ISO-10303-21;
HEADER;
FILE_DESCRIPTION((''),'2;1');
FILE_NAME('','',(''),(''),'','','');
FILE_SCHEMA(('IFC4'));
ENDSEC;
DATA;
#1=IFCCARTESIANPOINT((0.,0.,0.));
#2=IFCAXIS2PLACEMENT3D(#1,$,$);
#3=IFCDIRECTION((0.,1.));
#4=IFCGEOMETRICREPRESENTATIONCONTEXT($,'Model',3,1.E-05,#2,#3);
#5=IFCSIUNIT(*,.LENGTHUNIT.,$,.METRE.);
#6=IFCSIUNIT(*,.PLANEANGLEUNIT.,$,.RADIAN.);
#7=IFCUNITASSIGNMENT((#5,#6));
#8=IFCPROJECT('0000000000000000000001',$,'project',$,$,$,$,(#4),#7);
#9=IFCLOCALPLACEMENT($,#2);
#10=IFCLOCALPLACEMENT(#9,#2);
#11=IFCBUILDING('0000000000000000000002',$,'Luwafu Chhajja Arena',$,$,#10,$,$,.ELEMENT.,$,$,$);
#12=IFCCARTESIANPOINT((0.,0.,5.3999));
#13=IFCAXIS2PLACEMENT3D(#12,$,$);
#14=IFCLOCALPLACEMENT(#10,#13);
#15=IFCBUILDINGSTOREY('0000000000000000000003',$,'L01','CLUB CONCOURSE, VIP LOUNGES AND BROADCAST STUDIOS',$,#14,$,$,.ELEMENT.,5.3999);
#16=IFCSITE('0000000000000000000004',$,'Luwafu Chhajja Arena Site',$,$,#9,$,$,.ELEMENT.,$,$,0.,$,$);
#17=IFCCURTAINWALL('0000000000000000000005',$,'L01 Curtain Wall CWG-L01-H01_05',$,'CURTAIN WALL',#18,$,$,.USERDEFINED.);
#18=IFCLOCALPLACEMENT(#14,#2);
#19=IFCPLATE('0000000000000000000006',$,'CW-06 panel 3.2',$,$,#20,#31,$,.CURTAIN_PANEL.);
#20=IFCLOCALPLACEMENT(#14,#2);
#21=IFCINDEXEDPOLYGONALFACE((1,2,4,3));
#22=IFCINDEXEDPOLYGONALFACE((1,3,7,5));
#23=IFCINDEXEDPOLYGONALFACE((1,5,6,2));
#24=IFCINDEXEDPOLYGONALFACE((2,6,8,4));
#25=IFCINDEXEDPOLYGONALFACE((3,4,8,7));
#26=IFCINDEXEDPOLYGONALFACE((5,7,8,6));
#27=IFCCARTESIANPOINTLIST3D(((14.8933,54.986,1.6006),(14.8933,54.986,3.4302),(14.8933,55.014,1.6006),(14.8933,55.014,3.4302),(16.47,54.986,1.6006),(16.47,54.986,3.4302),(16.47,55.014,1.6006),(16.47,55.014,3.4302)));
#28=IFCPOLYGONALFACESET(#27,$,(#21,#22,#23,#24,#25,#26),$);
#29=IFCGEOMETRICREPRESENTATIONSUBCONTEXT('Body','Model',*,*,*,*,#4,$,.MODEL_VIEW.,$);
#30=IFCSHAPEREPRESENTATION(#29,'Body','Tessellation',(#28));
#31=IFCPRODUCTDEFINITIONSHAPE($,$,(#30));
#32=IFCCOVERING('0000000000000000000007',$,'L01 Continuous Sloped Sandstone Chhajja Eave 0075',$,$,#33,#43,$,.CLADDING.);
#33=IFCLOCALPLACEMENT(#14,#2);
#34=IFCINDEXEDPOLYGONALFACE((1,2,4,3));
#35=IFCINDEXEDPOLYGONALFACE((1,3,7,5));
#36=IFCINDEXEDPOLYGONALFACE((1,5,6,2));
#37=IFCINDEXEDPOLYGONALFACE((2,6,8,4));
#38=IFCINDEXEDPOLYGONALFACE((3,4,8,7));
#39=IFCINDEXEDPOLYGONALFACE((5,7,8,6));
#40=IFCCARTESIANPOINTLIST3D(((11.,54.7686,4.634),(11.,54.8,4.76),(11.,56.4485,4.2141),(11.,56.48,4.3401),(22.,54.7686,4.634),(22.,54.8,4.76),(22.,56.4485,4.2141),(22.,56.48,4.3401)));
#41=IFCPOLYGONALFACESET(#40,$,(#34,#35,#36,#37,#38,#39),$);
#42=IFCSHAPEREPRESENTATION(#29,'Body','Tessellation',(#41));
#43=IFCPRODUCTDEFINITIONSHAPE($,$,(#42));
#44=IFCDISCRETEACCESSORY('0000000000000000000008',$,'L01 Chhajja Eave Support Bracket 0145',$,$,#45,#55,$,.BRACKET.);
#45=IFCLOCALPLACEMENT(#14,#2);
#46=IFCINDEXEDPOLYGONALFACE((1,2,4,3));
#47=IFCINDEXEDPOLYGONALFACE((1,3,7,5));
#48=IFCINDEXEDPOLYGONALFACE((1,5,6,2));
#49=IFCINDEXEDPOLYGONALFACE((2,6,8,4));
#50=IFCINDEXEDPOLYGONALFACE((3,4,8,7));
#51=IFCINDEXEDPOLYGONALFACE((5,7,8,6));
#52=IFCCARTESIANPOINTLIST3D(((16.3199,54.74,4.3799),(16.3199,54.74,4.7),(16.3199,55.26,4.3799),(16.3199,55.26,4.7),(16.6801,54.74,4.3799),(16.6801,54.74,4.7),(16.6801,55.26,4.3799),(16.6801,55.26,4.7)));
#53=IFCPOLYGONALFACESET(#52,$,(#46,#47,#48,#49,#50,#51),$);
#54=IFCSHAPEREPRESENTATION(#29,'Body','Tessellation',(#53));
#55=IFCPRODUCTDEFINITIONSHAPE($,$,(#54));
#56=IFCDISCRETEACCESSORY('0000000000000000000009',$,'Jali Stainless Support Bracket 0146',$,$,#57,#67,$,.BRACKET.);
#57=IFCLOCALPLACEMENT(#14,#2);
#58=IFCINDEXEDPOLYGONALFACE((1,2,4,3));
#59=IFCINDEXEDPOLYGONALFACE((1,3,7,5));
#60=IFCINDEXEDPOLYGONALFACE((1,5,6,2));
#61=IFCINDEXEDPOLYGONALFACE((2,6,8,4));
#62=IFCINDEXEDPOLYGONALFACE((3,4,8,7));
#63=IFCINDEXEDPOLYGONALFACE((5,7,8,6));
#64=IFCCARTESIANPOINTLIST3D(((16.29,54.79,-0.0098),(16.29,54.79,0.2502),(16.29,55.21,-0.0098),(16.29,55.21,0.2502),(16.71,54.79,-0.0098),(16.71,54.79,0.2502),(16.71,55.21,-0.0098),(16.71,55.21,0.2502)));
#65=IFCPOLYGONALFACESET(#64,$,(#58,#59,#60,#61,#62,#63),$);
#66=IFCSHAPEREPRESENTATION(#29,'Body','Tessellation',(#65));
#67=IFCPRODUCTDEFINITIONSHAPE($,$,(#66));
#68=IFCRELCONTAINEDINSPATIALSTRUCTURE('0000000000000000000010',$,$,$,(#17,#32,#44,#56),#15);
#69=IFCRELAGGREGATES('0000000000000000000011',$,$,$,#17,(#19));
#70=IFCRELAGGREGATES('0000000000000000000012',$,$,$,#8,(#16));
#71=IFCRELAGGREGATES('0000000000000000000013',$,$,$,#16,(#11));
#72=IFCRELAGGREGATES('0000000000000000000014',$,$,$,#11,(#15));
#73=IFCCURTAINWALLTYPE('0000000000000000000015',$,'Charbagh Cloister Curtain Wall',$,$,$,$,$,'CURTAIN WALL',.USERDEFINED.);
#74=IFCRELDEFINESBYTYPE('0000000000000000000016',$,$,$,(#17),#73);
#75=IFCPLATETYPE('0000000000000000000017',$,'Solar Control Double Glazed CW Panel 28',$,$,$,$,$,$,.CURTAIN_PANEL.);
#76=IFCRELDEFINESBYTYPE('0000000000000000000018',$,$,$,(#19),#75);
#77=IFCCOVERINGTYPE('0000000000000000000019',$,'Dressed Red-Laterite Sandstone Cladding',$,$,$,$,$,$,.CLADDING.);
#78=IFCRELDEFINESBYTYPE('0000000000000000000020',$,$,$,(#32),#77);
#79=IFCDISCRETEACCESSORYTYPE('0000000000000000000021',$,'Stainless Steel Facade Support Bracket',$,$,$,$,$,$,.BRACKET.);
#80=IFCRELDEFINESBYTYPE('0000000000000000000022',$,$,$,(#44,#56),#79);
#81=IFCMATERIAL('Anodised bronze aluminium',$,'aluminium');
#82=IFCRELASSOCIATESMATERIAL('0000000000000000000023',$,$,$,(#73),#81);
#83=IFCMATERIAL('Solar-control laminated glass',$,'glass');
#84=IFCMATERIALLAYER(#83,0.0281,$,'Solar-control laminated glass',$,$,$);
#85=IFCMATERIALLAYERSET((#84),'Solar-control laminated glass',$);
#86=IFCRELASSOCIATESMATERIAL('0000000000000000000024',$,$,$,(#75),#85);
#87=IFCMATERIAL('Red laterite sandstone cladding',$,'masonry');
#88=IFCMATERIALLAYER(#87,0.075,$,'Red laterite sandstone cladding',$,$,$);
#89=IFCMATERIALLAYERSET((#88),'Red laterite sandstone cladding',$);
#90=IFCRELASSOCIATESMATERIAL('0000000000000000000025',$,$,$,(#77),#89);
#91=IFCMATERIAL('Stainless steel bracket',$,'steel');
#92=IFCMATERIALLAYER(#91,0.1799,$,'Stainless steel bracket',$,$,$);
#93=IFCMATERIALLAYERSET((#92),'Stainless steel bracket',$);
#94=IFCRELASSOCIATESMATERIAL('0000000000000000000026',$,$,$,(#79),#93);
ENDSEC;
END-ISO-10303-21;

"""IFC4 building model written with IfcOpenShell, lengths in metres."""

from ifc_helpers import new_model, si_unit, direction, frame, origin, origin_2d, place, context, subcontext, project, spatial, polyline, rectangle, outline, extrude, material, layer, layer_set, type_object, element, aggregate, save


model = new_model("IFC4")

# Units and contexts
model_context = context("Model", 3, precision=1e-05, world=origin(), true_north=direction((0.0, 1.0)))
body_context = subcontext(model_context, "Body", "Model", "MODEL_VIEW")
ifc_project = project(units=[si_unit("LENGTHUNIT", "METRE"), si_unit("PLANEANGLEUNIT", "RADIAN")], contexts=[model_context])

# Site, building, storey
site_placement = place(None, origin())
site = spatial("IfcSite", under=ifc_project, at=site_placement, Name="Luwafu Chhajja Arena Site", CompositionType="ELEMENT", RefElevation=0.0)
building_placement = place(site_placement, origin())
building = spatial("IfcBuilding", under=site, at=building_placement, Name="Luwafu Chhajja Arena", CompositionType="ELEMENT")
storey_placement = place(building_placement, frame((0.0, 0.0, 5.3999)))
storey = spatial("IfcBuildingStorey", under=building, at=storey_placement, Name="L01", Description="CLUB CONCOURSE, VIP LOUNGES AND BROADCAST STUDIOS", CompositionType="ELEMENT", Elevation=5.3999)

# Curtain wall
ifc_material_1 = material(Name="Anodised bronze aluminium", Category="aluminium")
curtain_wall_type = type_object("IfcCurtainWallType", Name="Charbagh Cloister Curtain Wall", ElementType="CURTAIN WALL", PredefinedType="USERDEFINED", material=ifc_material_1)
curtain_wall_placement = place(storey_placement, origin())
curtain_wall = element("IfcCurtainWall", 1, at=curtain_wall_placement, inside=storey, type_object=curtain_wall_type, Name="L01 Curtain Wall CWG-L01-H01_05", ObjectType="CURTAIN WALL", PredefinedType="USERDEFINED")

# Plate
ifc_material_2 = material(Name="Solar-control laminated glass", Category="glass")
ifc_layer_1 = layer(ifc_material_2, 0.0281, Name="Solar-control laminated glass")
ifc_layer_set_1 = layer_set([ifc_layer_1], Name="Solar-control laminated glass")
plate_type = type_object("IfcPlateType", Name="Solar Control Double Glazed CW Panel 28", PredefinedType="CURTAIN_PANEL", material=ifc_layer_set_1)
plate_1_placement = place(storey_placement, frame((15.6816, 55.0, 1.6006), z_axis=(0.0, 0.0, 1.0), x_axis=(1.0, 0.0, 0.0)))
plate_1 = element("IfcPlate", 2, at=plate_1_placement, type_object=plate_type, Name="CW-06 panel 3.2", PredefinedType="CURTAIN_PANEL", context=body_context, shape_type="SweptSolid", body=[
    extrude(rectangle(XDim=1.5767, YDim=0.0281, at=origin_2d()), origin(), (0.0, 0.0, 1.0), 1.8296),
])
aggregate(curtain_wall, [plate_1])

# Covering
ifc_material_3 = material(Name="Red laterite sandstone cladding", Category="masonry")
ifc_layer_2 = layer(ifc_material_3, 0.075, Name="Red laterite sandstone cladding")
ifc_layer_set_2 = layer_set([ifc_layer_2], Name="Red laterite sandstone cladding")
covering_type = type_object("IfcCoveringType", Name="Dressed Red-Laterite Sandstone Cladding", PredefinedType="CLADDING", material=ifc_layer_set_2)
covering_placement = place(storey_placement, frame((11.0, 54.8, 4.76), z_axis=(0.0, 0.242502, 0.970151), x_axis=(1.0, 0.0, 0.0)))
element("IfcCovering", 3, at=covering_placement, inside=storey, type_object=covering_type, Name="L01 Continuous Sloped Sandstone Chhajja Eave 0075", PredefinedType="CLADDING", context=body_context, shape_type="SweptSolid", body=[
    extrude(outline(polyline([(0.0, 0.0), (11.0, 0.0), (11.0, 1.7316), (0.0, 1.7316), (0.0, 0.0)])), origin(), (0.0, 0.0, -1.0), 0.1299),
])

# Discrete accessories
ifc_material_4 = material(Name="Stainless steel bracket", Category="steel")
ifc_layer_3 = layer(ifc_material_4, 0.1799, Name="Stainless steel bracket")
ifc_layer_set_3 = layer_set([ifc_layer_3], Name="Stainless steel bracket")
discrete_accessory_type = type_object("IfcDiscreteAccessoryType", Name="Stainless Steel Facade Support Bracket", PredefinedType="BRACKET", material=ifc_layer_set_3)
discrete_accessory_1_placement = place(storey_placement, frame((16.5, 55.0, 4.3799), z_axis=(0.0, 0.0, 1.0), x_axis=(1.0, 0.0, 0.0)))
element("IfcDiscreteAccessory", 4, at=discrete_accessory_1_placement, inside=storey, type_object=discrete_accessory_type, Name="L01 Chhajja Eave Support Bracket 0145", PredefinedType="BRACKET", context=body_context, shape_type="SweptSolid", body=[
    extrude(rectangle(XDim=0.3601, YDim=0.52, at=origin_2d()), origin(), (0.0, 0.0, 1.0), 0.3201),
])
discrete_accessory_2_placement = place(storey_placement, frame((16.5, 55.0, -0.0098), z_axis=(0.0, 0.0, 1.0), x_axis=(1.0, 0.0, 0.0)))
element("IfcDiscreteAccessory", 5, at=discrete_accessory_2_placement, inside=storey, type_object=discrete_accessory_type, Name="Jali Stainless Support Bracket 0146", PredefinedType="BRACKET", context=body_context, shape_type="SweptSolid", body=[
    extrude(rectangle(XDim=0.4199, YDim=0.4199, at=origin_2d()), origin(), (0.0, 0.0, 1.0), 0.26),
])

save(model, "model.ifc")
